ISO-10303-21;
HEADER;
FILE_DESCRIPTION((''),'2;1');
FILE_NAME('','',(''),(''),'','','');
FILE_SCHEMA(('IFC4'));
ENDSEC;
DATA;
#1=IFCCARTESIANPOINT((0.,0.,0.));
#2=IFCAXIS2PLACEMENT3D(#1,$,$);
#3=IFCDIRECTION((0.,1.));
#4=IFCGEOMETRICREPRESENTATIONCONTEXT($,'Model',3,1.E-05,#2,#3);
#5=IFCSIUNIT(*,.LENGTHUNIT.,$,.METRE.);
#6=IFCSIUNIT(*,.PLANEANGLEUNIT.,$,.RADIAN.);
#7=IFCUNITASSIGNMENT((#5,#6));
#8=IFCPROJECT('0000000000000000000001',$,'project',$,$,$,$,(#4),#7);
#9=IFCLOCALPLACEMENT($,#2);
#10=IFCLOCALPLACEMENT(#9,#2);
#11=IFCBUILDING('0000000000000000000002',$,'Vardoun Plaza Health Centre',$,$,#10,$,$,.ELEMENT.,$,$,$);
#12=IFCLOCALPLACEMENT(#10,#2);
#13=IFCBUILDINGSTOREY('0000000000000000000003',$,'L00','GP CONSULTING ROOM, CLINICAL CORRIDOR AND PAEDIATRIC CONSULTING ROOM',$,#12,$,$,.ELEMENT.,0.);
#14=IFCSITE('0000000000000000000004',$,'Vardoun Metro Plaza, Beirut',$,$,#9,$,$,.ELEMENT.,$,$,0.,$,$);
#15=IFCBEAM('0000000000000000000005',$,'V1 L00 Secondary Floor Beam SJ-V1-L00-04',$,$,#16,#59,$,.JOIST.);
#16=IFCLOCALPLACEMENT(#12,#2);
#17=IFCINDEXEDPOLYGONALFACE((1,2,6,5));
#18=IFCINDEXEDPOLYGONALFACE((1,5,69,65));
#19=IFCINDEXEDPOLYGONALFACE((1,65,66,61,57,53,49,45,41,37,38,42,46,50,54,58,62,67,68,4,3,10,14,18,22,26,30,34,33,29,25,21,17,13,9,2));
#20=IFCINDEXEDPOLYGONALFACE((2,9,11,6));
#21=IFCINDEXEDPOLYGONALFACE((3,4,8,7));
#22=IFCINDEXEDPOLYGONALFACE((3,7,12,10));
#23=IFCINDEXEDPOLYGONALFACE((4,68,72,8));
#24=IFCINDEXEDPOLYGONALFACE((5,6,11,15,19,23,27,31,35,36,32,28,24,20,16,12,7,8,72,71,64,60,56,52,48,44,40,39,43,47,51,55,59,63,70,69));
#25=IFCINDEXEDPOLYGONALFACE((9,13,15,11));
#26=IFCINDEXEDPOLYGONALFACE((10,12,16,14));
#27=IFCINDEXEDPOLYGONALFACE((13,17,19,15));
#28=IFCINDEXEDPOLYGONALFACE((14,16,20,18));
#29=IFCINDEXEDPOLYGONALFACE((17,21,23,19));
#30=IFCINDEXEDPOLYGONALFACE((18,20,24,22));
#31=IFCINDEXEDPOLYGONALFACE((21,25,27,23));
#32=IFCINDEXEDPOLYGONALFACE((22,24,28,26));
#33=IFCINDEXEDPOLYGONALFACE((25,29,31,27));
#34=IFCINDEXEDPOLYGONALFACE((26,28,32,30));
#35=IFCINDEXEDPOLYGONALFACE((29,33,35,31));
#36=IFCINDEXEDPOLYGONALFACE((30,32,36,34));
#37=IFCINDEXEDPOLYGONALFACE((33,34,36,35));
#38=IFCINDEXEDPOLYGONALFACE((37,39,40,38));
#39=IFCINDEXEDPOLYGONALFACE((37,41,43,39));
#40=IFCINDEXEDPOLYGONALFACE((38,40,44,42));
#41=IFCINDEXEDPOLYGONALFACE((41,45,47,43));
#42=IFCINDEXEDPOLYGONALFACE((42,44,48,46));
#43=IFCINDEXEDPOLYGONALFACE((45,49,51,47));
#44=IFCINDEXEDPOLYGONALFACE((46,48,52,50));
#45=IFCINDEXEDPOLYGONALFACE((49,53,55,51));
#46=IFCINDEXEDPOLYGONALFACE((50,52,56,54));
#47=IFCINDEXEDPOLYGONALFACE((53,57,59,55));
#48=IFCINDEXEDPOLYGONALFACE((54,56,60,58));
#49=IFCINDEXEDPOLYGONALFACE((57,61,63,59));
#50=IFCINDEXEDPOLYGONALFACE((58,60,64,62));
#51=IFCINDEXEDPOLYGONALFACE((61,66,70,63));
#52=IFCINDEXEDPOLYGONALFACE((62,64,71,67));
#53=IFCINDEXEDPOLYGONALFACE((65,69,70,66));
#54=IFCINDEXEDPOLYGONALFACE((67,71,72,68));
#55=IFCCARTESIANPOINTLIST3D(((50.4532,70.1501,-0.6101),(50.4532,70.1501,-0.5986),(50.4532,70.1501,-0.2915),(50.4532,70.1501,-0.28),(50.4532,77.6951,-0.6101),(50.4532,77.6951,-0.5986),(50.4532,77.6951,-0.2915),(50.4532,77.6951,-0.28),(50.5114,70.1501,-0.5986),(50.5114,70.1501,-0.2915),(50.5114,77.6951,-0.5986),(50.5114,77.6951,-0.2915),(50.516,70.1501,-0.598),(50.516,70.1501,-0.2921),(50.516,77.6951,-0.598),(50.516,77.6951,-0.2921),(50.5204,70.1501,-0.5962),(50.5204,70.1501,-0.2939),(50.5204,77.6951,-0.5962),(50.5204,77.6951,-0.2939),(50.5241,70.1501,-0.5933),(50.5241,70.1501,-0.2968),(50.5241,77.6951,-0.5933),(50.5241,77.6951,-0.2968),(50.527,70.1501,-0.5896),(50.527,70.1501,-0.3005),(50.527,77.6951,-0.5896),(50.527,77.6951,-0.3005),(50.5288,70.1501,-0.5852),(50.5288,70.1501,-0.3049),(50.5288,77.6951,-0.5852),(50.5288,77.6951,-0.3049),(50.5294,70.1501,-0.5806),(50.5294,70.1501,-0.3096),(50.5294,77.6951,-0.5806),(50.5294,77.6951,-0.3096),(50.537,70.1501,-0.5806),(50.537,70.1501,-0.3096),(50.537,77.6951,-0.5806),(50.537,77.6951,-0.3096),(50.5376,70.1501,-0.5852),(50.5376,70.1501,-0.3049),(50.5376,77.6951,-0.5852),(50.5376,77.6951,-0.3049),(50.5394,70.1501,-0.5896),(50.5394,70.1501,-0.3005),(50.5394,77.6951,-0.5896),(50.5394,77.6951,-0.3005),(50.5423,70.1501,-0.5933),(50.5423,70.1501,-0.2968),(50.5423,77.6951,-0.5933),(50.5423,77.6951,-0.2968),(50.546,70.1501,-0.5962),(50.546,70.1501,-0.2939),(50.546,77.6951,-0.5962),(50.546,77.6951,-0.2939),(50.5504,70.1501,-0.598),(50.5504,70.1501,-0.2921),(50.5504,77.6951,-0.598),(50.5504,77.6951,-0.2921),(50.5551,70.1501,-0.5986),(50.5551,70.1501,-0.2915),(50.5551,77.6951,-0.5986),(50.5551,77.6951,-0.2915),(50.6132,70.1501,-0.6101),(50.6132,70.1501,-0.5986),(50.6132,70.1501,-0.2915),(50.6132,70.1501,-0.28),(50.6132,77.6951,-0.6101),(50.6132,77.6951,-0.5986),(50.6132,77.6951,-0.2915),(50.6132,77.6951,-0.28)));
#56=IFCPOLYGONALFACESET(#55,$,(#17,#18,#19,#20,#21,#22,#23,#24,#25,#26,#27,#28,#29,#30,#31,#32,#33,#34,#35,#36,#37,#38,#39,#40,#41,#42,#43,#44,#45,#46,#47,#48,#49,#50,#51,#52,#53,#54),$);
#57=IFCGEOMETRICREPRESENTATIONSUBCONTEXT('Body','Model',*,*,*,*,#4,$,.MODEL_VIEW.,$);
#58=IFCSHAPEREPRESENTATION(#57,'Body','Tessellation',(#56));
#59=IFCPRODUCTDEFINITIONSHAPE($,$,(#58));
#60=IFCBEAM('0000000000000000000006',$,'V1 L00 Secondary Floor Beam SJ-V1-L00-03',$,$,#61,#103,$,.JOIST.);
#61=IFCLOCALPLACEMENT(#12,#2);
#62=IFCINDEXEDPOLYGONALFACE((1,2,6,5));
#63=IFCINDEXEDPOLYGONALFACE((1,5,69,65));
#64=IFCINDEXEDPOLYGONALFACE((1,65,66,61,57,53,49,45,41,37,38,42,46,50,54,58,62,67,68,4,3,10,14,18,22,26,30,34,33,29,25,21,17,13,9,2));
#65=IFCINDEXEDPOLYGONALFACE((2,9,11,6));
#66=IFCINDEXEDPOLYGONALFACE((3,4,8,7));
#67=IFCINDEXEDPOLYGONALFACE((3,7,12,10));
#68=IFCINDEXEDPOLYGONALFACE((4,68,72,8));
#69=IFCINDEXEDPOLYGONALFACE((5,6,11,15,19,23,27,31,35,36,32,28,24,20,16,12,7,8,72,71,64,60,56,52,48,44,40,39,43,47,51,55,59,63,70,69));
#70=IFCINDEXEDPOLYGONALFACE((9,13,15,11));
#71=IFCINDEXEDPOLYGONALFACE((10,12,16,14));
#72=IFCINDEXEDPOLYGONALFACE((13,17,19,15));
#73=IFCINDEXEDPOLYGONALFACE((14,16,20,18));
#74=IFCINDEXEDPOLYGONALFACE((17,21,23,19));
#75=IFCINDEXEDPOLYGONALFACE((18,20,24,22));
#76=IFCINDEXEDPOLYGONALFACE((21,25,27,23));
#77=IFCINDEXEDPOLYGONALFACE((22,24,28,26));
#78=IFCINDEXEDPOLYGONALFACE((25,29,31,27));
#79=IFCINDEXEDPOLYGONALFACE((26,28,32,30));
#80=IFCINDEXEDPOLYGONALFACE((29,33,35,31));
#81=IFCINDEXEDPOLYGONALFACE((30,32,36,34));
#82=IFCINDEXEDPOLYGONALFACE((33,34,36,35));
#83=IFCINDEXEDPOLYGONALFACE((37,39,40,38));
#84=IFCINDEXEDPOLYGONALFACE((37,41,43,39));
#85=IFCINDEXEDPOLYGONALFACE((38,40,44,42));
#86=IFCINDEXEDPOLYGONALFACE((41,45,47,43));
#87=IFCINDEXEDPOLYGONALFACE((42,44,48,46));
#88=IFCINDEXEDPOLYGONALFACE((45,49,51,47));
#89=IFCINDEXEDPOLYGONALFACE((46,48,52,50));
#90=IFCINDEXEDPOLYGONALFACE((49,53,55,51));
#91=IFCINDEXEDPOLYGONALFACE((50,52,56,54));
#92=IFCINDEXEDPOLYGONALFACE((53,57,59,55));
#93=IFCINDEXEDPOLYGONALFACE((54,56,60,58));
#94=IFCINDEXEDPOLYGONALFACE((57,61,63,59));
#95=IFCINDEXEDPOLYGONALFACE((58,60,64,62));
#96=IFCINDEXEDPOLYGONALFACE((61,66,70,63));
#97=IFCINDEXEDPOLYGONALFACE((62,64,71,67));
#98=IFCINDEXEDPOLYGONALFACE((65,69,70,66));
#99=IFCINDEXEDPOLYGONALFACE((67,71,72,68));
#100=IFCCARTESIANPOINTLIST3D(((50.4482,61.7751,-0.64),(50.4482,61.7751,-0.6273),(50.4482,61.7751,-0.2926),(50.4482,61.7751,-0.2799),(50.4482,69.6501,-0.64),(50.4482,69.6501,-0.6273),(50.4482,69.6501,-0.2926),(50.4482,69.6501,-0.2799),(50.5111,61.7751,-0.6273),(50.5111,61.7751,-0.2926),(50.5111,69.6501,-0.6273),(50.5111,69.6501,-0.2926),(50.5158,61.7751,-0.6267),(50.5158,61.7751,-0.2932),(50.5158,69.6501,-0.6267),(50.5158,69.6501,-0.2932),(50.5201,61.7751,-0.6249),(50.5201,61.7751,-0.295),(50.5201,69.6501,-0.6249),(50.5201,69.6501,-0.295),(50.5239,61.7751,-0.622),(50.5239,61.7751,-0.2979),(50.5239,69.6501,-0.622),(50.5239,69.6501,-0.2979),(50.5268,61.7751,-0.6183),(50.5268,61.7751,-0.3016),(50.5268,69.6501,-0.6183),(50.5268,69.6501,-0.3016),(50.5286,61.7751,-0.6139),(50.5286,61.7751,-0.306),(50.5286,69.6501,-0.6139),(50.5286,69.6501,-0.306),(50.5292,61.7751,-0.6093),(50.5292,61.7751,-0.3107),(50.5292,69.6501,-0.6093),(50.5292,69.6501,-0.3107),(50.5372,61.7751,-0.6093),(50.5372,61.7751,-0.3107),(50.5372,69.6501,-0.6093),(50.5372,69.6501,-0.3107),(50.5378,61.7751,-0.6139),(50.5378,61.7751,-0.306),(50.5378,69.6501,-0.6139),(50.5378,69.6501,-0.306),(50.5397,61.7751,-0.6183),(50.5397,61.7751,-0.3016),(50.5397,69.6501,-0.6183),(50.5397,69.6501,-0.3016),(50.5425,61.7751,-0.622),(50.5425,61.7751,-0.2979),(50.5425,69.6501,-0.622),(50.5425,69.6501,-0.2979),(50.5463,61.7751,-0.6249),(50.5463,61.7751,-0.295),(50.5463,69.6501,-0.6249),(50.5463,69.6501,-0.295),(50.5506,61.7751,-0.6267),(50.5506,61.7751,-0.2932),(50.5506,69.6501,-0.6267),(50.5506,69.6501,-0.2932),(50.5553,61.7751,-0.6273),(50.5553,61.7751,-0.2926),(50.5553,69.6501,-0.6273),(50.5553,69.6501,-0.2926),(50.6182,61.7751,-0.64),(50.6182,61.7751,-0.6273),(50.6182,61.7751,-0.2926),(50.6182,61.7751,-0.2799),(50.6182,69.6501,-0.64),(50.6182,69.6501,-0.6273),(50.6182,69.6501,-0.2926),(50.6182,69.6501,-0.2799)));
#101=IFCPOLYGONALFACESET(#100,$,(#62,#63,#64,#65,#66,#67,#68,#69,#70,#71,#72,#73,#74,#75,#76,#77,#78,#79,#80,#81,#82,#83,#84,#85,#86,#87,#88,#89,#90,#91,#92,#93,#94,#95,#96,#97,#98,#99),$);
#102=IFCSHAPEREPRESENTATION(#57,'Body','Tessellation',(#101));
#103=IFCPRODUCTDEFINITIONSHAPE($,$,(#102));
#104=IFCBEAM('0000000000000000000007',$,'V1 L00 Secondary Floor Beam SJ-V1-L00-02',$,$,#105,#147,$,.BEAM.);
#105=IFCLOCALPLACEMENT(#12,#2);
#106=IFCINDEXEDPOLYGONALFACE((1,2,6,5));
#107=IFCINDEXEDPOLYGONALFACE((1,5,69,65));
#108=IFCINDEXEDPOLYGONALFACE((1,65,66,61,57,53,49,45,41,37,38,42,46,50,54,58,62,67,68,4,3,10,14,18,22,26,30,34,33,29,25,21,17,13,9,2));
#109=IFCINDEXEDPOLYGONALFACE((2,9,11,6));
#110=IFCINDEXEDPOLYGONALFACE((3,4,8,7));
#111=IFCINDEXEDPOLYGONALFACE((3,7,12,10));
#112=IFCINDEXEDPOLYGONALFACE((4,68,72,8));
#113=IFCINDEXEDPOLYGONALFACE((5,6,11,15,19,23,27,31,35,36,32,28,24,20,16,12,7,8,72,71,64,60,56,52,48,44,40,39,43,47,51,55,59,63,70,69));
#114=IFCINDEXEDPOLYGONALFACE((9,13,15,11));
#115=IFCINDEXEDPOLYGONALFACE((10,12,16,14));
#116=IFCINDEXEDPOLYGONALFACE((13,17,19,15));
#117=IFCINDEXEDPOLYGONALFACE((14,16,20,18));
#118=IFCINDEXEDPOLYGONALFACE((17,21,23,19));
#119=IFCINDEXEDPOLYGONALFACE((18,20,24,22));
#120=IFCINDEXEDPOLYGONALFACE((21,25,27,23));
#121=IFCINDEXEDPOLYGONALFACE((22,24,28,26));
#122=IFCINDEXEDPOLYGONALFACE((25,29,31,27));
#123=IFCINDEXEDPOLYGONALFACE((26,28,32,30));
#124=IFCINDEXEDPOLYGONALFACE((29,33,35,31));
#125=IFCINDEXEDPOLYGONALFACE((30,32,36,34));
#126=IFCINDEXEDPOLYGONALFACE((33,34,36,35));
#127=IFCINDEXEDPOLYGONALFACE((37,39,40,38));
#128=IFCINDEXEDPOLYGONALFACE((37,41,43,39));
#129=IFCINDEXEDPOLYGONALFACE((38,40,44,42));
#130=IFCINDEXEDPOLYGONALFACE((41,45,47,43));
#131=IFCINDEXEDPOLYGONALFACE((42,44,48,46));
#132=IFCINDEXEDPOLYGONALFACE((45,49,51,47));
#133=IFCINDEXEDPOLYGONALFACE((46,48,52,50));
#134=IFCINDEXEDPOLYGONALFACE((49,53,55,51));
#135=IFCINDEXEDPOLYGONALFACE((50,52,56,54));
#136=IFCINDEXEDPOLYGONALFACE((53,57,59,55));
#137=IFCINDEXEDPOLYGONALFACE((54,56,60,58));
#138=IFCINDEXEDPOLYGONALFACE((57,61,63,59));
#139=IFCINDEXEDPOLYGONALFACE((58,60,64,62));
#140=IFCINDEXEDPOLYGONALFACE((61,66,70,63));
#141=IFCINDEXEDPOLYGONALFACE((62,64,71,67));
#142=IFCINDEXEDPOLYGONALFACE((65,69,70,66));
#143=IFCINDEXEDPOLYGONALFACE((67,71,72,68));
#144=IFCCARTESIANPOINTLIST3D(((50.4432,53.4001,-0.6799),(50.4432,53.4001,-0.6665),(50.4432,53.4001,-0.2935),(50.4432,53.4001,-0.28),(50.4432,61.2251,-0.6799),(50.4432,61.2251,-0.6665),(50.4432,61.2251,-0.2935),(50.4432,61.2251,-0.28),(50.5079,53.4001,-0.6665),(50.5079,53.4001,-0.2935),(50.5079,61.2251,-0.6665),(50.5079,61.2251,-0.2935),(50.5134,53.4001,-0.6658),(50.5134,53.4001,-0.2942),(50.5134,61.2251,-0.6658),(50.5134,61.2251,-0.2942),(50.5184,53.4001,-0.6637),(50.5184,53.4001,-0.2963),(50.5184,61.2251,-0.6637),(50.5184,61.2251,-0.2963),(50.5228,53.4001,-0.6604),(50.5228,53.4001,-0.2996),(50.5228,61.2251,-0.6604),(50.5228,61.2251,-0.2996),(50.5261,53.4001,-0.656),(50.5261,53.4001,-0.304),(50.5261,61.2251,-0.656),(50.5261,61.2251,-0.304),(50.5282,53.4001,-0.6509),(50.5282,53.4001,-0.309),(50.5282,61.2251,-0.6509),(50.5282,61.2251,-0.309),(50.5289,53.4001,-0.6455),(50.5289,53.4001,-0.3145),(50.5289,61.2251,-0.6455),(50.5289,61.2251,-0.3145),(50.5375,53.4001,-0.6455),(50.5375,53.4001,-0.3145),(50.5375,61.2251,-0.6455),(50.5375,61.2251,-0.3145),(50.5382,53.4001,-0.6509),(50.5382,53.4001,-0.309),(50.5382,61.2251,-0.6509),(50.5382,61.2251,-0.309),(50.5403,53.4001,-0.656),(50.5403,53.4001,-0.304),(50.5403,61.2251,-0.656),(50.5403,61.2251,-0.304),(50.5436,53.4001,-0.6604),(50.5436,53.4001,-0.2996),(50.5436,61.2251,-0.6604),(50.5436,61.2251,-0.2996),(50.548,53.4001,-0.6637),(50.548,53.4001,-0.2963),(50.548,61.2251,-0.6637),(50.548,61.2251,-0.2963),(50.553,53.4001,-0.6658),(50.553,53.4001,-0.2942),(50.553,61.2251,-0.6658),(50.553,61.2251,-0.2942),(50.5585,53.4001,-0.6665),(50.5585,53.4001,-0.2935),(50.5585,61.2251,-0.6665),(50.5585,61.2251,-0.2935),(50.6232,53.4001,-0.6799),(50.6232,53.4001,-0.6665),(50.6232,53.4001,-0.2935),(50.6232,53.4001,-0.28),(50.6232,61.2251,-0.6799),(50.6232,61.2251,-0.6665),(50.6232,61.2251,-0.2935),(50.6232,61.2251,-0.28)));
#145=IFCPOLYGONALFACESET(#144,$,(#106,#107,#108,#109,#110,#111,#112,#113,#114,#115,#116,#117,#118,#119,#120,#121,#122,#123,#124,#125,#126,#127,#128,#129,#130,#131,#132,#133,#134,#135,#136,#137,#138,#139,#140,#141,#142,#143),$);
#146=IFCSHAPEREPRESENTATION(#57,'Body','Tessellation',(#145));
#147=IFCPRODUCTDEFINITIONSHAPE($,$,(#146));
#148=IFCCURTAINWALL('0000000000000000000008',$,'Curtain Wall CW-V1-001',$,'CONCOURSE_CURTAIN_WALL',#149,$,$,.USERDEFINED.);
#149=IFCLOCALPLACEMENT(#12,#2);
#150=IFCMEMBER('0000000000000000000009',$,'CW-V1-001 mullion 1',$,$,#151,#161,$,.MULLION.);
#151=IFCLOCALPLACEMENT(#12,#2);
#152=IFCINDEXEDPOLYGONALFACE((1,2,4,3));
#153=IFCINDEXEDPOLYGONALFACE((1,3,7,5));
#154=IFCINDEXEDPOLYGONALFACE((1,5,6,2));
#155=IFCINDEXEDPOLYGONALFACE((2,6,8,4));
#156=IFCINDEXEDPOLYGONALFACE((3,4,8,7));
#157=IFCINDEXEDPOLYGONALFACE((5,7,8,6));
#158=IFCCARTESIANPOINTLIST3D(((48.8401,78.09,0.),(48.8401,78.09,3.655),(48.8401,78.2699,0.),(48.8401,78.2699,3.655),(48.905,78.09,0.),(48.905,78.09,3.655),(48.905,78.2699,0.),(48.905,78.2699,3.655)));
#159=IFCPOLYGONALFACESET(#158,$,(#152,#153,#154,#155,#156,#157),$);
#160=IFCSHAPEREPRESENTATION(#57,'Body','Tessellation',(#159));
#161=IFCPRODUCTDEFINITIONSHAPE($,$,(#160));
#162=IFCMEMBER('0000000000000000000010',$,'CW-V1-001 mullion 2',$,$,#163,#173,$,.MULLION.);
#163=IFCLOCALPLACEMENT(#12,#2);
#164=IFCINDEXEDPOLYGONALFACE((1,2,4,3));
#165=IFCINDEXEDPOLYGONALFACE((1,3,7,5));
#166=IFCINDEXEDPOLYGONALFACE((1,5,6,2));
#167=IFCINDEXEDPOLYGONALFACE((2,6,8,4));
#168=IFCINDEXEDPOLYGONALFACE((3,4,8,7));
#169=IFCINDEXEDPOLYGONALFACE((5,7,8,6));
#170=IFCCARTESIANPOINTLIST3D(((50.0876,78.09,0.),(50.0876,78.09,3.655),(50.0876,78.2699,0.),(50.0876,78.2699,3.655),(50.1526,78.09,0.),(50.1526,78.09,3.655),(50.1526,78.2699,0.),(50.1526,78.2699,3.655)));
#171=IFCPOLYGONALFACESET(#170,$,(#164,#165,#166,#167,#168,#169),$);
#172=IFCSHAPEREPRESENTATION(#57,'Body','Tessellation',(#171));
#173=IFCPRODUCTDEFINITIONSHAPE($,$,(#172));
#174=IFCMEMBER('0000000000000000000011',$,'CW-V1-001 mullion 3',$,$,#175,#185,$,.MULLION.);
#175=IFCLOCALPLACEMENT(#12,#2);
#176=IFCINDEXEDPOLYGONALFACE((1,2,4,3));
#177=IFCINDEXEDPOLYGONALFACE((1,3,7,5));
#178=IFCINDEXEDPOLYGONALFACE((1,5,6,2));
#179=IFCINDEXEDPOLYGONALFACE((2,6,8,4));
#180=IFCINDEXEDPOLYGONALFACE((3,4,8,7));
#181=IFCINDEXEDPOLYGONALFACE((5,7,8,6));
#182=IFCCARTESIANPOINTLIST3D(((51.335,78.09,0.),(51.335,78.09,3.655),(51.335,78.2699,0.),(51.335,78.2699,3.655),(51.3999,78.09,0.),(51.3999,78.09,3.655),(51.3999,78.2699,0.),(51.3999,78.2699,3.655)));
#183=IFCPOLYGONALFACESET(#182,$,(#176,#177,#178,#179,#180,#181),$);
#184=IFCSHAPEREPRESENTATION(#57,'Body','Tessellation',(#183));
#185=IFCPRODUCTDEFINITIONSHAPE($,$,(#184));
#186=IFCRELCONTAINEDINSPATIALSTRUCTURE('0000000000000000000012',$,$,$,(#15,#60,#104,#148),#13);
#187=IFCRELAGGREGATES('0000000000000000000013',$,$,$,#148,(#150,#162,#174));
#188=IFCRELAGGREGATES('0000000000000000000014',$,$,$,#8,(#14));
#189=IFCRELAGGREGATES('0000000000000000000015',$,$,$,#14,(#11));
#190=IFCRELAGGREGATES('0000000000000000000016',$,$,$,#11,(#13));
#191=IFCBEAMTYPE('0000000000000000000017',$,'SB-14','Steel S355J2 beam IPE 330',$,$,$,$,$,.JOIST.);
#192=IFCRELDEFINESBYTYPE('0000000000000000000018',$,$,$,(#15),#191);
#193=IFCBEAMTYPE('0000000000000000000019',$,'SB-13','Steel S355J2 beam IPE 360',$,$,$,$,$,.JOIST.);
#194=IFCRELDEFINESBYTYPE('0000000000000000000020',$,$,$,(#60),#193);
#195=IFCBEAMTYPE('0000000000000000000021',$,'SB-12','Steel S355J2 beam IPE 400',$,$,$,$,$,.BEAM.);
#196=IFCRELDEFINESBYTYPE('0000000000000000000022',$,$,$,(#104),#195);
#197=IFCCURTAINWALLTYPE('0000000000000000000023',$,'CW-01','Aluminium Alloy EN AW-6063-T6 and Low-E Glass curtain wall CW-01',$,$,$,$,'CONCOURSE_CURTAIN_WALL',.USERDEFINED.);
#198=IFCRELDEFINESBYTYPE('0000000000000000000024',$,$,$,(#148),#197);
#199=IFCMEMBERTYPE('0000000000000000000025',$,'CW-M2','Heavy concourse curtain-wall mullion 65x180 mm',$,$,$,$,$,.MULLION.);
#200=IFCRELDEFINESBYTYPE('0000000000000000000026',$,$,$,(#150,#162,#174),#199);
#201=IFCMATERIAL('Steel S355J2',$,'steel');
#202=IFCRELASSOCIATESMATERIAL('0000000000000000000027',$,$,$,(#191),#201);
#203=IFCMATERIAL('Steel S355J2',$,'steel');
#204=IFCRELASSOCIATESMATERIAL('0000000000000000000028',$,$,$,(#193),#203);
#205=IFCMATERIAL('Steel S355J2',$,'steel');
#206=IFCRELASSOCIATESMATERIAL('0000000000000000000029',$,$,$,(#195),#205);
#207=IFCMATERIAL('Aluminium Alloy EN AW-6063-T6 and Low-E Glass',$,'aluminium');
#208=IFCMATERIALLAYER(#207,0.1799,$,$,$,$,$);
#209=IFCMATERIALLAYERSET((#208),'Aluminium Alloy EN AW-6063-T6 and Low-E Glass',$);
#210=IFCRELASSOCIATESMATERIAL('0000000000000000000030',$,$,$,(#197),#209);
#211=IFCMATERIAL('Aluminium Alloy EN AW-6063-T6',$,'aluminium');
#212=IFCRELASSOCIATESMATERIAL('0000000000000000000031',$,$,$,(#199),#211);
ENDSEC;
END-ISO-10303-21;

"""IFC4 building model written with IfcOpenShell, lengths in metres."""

from ifc_helpers import new_model, si_unit, direction, frame, origin, origin_2d, place, context, subcontext, project, spatial, rectangle, i_section, extrude, material, layer, layer_set, material_profile, profile_set, type_object, element, aggregate, save


model = new_model("IFC4")

# Units and contexts
model_context = context("Model", 3, precision=1e-05, world=origin(), true_north=direction((0.0, 1.0)))
body_context = subcontext(model_context, "Body", "Model", "MODEL_VIEW")
ifc_project = project(units=[si_unit("LENGTHUNIT", "METRE"), si_unit("PLANEANGLEUNIT", "RADIAN")], contexts=[model_context])

# Site, building, storey
site_placement = place(None, origin())
site = spatial("IfcSite", under=ifc_project, at=site_placement, Name="Vardoun Metro Plaza, Beirut", CompositionType="ELEMENT", RefElevation=0.0)
building_placement = place(site_placement, origin())
building = spatial("IfcBuilding", under=site, at=building_placement, Name="Vardoun Plaza Health Centre", CompositionType="ELEMENT")
storey_placement = place(building_placement, origin())
storey = spatial("IfcBuildingStorey", under=building, at=storey_placement, Name="L00", Description="GP CONSULTING ROOM, CLINICAL CORRIDOR AND PAEDIATRIC CONSULTING ROOM", CompositionType="ELEMENT", Elevation=0.0)

# Beams
ifc_material_1 = material(Name="Steel S355J2", Category="steel")
ifc_material_profile_1 = material_profile(ifc_material_1, i_section(OverallWidth=0.1599, OverallDepth=0.3301, WebThickness=0.0076, FlangeThickness=0.0115, FilletRadius=0.0181, at=origin_2d()), Name="IPE 330")
ifc_profile_set_1 = profile_set([ifc_material_profile_1], Name="Steel S355J2")
beam_type_1 = type_object("IfcBeamType", Name="SB-14", Description="Steel S355J2 beam IPE 330", PredefinedType="JOIST", material=ifc_profile_set_1)
beam_1_placement = place(storey_placement, frame((50.5332, 70.1501, -0.4451), z_axis=(0.0, 1.0, 0.0), x_axis=(-1.0, 0.0, 0.0)))
element("IfcBeam", 1, at=beam_1_placement, inside=storey, type_object=beam_type_1, Name="V1 L00 Secondary Floor Beam SJ-V1-L00-04", PredefinedType="JOIST", context=body_context, shape_type="SweptSolid", body=[
    extrude(i_section(OverallWidth=0.1599, OverallDepth=0.3301, WebThickness=0.0076, FlangeThickness=0.0115, FilletRadius=0.0181, at=origin_2d()), origin(), (0.0, 0.0, 1.0), 7.5449),
])
ifc_material_2 = material(Name="Steel S355J2", Category="steel")
ifc_material_profile_2 = material_profile(ifc_material_2, i_section(OverallWidth=0.1699, OverallDepth=0.3601, WebThickness=0.0081, FlangeThickness=0.0127, FilletRadius=0.0181, at=origin_2d()), Name="IPE 360")
ifc_profile_set_2 = profile_set([ifc_material_profile_2], Name="Steel S355J2")
beam_type_2 = type_object("IfcBeamType", Name="SB-13", Description="Steel S355J2 beam IPE 360", PredefinedType="JOIST", material=ifc_profile_set_2)
beam_2_placement = place(storey_placement, frame((50.5332, 61.7751, -0.46), z_axis=(0.0, 1.0, 0.0), x_axis=(-1.0, 0.0, 0.0)))
element("IfcBeam", 2, at=beam_2_placement, inside=storey, type_object=beam_type_2, Name="V1 L00 Secondary Floor Beam SJ-V1-L00-03", PredefinedType="JOIST", context=body_context, shape_type="SweptSolid", body=[
    extrude(i_section(OverallWidth=0.1699, OverallDepth=0.3601, WebThickness=0.0081, FlangeThickness=0.0127, FilletRadius=0.0181, at=origin_2d()), origin(), (0.0, 0.0, 1.0), 7.875),
])
ifc_material_3 = material(Name="Steel S355J2", Category="steel")
ifc_material_profile_3 = material_profile(ifc_material_3, i_section(OverallWidth=0.1799, OverallDepth=0.3999, WebThickness=0.0085, FlangeThickness=0.0134, FilletRadius=0.021, at=origin_2d()), Name="IPE 400")
ifc_profile_set_3 = profile_set([ifc_material_profile_3], Name="Steel S355J2")
beam_type_3 = type_object("IfcBeamType", Name="SB-12", Description="Steel S355J2 beam IPE 400", PredefinedType="BEAM", material=ifc_profile_set_3)
beam_3_placement = place(storey_placement, frame((50.5332, 53.4001, -0.48), z_axis=(0.0, 1.0, 0.0), x_axis=(-1.0, 0.0, 0.0)))
element("IfcBeam", 3, at=beam_3_placement, inside=storey, type_object=beam_type_3, Name="V1 L00 Secondary Floor Beam SJ-V1-L00-02", PredefinedType="BEAM", context=body_context, shape_type="SweptSolid", body=[
    extrude(i_section(OverallWidth=0.1799, OverallDepth=0.3999, WebThickness=0.0085, FlangeThickness=0.0134, FilletRadius=0.021, at=origin_2d()), origin(), (0.0, 0.0, 1.0), 7.825),
])

# Curtain wall, members
ifc_material_4 = material(Name="Aluminium Alloy EN AW-6063-T6 and Low-E Glass", Category="aluminium")
ifc_layer_1 = layer(ifc_material_4, 0.1799)
ifc_layer_set_1 = layer_set([ifc_layer_1], Name="Aluminium Alloy EN AW-6063-T6 and Low-E Glass")
curtain_wall_type = type_object("IfcCurtainWallType", Name="CW-01", Description="Aluminium Alloy EN AW-6063-T6 and Low-E Glass curtain wall CW-01", ElementType="CONCOURSE_CURTAIN_WALL", PredefinedType="USERDEFINED", material=ifc_layer_set_1)
curtain_wall_1_placement = place(storey_placement, origin())
curtain_wall_1 = element("IfcCurtainWall", 4, at=curtain_wall_1_placement, inside=storey, type_object=curtain_wall_type, Name="Curtain Wall CW-V1-001", ObjectType="CONCOURSE_CURTAIN_WALL", PredefinedType="USERDEFINED")
ifc_material_5 = material(Name="Aluminium Alloy EN AW-6063-T6", Category="aluminium")
ifc_material_profile_4 = material_profile(ifc_material_5, rectangle(XDim=0.1799, YDim=0.0649, at=origin_2d()), Name="CWM 65x180")
ifc_profile_set_4 = profile_set([ifc_material_profile_4], Name="Aluminium Alloy EN AW-6063-T6")
member_type_1 = type_object("IfcMemberType", Name="CW-M2", Description="Heavy concourse curtain-wall mullion 65x180 mm", PredefinedType="MULLION", material=ifc_profile_set_4)
member_1_placement = place(storey_placement, frame((48.8726, 78.1799, 0.0), z_axis=(0.0, 0.0, 1.0), x_axis=(0.0, 1.0, 0.0)))
member_1 = element("IfcMember", 5, at=member_1_placement, type_object=member_type_1, Name="CW-V1-001 mullion 1", PredefinedType="MULLION", context=body_context, shape_type="SweptSolid", body=[
    extrude(rectangle(XDim=0.1799, YDim=0.0649, at=origin_2d()), origin(), (0.0, 0.0, 1.0), 3.655),
])
member_2_placement = place(storey_placement, frame((50.1201, 78.1799, 0.0), z_axis=(0.0, 0.0, 1.0), x_axis=(0.0, 1.0, 0.0)))
member_2 = element("IfcMember", 6, at=member_2_placement, type_object=member_type_1, Name="CW-V1-001 mullion 2", PredefinedType="MULLION", context=body_context, shape_type="SweptSolid", body=[
    extrude(rectangle(XDim=0.1799, YDim=0.0649, at=origin_2d()), origin(), (0.0, 0.0, 1.0), 3.655),
])
member_3_placement = place(storey_placement, frame((51.3674, 78.1799, 0.0), z_axis=(0.0, 0.0, 1.0), x_axis=(0.0, 1.0, 0.0)))
member_3 = element("IfcMember", 7, at=member_3_placement, type_object=member_type_1, Name="CW-V1-001 mullion 3", PredefinedType="MULLION", context=body_context, shape_type="SweptSolid", body=[
    extrude(rectangle(XDim=0.1799, YDim=0.0649, at=origin_2d()), origin(), (0.0, 0.0, 1.0), 3.655),
])

aggregate(curtain_wall_1, [member_1, member_2, member_3])

save(model, "model.ifc")
